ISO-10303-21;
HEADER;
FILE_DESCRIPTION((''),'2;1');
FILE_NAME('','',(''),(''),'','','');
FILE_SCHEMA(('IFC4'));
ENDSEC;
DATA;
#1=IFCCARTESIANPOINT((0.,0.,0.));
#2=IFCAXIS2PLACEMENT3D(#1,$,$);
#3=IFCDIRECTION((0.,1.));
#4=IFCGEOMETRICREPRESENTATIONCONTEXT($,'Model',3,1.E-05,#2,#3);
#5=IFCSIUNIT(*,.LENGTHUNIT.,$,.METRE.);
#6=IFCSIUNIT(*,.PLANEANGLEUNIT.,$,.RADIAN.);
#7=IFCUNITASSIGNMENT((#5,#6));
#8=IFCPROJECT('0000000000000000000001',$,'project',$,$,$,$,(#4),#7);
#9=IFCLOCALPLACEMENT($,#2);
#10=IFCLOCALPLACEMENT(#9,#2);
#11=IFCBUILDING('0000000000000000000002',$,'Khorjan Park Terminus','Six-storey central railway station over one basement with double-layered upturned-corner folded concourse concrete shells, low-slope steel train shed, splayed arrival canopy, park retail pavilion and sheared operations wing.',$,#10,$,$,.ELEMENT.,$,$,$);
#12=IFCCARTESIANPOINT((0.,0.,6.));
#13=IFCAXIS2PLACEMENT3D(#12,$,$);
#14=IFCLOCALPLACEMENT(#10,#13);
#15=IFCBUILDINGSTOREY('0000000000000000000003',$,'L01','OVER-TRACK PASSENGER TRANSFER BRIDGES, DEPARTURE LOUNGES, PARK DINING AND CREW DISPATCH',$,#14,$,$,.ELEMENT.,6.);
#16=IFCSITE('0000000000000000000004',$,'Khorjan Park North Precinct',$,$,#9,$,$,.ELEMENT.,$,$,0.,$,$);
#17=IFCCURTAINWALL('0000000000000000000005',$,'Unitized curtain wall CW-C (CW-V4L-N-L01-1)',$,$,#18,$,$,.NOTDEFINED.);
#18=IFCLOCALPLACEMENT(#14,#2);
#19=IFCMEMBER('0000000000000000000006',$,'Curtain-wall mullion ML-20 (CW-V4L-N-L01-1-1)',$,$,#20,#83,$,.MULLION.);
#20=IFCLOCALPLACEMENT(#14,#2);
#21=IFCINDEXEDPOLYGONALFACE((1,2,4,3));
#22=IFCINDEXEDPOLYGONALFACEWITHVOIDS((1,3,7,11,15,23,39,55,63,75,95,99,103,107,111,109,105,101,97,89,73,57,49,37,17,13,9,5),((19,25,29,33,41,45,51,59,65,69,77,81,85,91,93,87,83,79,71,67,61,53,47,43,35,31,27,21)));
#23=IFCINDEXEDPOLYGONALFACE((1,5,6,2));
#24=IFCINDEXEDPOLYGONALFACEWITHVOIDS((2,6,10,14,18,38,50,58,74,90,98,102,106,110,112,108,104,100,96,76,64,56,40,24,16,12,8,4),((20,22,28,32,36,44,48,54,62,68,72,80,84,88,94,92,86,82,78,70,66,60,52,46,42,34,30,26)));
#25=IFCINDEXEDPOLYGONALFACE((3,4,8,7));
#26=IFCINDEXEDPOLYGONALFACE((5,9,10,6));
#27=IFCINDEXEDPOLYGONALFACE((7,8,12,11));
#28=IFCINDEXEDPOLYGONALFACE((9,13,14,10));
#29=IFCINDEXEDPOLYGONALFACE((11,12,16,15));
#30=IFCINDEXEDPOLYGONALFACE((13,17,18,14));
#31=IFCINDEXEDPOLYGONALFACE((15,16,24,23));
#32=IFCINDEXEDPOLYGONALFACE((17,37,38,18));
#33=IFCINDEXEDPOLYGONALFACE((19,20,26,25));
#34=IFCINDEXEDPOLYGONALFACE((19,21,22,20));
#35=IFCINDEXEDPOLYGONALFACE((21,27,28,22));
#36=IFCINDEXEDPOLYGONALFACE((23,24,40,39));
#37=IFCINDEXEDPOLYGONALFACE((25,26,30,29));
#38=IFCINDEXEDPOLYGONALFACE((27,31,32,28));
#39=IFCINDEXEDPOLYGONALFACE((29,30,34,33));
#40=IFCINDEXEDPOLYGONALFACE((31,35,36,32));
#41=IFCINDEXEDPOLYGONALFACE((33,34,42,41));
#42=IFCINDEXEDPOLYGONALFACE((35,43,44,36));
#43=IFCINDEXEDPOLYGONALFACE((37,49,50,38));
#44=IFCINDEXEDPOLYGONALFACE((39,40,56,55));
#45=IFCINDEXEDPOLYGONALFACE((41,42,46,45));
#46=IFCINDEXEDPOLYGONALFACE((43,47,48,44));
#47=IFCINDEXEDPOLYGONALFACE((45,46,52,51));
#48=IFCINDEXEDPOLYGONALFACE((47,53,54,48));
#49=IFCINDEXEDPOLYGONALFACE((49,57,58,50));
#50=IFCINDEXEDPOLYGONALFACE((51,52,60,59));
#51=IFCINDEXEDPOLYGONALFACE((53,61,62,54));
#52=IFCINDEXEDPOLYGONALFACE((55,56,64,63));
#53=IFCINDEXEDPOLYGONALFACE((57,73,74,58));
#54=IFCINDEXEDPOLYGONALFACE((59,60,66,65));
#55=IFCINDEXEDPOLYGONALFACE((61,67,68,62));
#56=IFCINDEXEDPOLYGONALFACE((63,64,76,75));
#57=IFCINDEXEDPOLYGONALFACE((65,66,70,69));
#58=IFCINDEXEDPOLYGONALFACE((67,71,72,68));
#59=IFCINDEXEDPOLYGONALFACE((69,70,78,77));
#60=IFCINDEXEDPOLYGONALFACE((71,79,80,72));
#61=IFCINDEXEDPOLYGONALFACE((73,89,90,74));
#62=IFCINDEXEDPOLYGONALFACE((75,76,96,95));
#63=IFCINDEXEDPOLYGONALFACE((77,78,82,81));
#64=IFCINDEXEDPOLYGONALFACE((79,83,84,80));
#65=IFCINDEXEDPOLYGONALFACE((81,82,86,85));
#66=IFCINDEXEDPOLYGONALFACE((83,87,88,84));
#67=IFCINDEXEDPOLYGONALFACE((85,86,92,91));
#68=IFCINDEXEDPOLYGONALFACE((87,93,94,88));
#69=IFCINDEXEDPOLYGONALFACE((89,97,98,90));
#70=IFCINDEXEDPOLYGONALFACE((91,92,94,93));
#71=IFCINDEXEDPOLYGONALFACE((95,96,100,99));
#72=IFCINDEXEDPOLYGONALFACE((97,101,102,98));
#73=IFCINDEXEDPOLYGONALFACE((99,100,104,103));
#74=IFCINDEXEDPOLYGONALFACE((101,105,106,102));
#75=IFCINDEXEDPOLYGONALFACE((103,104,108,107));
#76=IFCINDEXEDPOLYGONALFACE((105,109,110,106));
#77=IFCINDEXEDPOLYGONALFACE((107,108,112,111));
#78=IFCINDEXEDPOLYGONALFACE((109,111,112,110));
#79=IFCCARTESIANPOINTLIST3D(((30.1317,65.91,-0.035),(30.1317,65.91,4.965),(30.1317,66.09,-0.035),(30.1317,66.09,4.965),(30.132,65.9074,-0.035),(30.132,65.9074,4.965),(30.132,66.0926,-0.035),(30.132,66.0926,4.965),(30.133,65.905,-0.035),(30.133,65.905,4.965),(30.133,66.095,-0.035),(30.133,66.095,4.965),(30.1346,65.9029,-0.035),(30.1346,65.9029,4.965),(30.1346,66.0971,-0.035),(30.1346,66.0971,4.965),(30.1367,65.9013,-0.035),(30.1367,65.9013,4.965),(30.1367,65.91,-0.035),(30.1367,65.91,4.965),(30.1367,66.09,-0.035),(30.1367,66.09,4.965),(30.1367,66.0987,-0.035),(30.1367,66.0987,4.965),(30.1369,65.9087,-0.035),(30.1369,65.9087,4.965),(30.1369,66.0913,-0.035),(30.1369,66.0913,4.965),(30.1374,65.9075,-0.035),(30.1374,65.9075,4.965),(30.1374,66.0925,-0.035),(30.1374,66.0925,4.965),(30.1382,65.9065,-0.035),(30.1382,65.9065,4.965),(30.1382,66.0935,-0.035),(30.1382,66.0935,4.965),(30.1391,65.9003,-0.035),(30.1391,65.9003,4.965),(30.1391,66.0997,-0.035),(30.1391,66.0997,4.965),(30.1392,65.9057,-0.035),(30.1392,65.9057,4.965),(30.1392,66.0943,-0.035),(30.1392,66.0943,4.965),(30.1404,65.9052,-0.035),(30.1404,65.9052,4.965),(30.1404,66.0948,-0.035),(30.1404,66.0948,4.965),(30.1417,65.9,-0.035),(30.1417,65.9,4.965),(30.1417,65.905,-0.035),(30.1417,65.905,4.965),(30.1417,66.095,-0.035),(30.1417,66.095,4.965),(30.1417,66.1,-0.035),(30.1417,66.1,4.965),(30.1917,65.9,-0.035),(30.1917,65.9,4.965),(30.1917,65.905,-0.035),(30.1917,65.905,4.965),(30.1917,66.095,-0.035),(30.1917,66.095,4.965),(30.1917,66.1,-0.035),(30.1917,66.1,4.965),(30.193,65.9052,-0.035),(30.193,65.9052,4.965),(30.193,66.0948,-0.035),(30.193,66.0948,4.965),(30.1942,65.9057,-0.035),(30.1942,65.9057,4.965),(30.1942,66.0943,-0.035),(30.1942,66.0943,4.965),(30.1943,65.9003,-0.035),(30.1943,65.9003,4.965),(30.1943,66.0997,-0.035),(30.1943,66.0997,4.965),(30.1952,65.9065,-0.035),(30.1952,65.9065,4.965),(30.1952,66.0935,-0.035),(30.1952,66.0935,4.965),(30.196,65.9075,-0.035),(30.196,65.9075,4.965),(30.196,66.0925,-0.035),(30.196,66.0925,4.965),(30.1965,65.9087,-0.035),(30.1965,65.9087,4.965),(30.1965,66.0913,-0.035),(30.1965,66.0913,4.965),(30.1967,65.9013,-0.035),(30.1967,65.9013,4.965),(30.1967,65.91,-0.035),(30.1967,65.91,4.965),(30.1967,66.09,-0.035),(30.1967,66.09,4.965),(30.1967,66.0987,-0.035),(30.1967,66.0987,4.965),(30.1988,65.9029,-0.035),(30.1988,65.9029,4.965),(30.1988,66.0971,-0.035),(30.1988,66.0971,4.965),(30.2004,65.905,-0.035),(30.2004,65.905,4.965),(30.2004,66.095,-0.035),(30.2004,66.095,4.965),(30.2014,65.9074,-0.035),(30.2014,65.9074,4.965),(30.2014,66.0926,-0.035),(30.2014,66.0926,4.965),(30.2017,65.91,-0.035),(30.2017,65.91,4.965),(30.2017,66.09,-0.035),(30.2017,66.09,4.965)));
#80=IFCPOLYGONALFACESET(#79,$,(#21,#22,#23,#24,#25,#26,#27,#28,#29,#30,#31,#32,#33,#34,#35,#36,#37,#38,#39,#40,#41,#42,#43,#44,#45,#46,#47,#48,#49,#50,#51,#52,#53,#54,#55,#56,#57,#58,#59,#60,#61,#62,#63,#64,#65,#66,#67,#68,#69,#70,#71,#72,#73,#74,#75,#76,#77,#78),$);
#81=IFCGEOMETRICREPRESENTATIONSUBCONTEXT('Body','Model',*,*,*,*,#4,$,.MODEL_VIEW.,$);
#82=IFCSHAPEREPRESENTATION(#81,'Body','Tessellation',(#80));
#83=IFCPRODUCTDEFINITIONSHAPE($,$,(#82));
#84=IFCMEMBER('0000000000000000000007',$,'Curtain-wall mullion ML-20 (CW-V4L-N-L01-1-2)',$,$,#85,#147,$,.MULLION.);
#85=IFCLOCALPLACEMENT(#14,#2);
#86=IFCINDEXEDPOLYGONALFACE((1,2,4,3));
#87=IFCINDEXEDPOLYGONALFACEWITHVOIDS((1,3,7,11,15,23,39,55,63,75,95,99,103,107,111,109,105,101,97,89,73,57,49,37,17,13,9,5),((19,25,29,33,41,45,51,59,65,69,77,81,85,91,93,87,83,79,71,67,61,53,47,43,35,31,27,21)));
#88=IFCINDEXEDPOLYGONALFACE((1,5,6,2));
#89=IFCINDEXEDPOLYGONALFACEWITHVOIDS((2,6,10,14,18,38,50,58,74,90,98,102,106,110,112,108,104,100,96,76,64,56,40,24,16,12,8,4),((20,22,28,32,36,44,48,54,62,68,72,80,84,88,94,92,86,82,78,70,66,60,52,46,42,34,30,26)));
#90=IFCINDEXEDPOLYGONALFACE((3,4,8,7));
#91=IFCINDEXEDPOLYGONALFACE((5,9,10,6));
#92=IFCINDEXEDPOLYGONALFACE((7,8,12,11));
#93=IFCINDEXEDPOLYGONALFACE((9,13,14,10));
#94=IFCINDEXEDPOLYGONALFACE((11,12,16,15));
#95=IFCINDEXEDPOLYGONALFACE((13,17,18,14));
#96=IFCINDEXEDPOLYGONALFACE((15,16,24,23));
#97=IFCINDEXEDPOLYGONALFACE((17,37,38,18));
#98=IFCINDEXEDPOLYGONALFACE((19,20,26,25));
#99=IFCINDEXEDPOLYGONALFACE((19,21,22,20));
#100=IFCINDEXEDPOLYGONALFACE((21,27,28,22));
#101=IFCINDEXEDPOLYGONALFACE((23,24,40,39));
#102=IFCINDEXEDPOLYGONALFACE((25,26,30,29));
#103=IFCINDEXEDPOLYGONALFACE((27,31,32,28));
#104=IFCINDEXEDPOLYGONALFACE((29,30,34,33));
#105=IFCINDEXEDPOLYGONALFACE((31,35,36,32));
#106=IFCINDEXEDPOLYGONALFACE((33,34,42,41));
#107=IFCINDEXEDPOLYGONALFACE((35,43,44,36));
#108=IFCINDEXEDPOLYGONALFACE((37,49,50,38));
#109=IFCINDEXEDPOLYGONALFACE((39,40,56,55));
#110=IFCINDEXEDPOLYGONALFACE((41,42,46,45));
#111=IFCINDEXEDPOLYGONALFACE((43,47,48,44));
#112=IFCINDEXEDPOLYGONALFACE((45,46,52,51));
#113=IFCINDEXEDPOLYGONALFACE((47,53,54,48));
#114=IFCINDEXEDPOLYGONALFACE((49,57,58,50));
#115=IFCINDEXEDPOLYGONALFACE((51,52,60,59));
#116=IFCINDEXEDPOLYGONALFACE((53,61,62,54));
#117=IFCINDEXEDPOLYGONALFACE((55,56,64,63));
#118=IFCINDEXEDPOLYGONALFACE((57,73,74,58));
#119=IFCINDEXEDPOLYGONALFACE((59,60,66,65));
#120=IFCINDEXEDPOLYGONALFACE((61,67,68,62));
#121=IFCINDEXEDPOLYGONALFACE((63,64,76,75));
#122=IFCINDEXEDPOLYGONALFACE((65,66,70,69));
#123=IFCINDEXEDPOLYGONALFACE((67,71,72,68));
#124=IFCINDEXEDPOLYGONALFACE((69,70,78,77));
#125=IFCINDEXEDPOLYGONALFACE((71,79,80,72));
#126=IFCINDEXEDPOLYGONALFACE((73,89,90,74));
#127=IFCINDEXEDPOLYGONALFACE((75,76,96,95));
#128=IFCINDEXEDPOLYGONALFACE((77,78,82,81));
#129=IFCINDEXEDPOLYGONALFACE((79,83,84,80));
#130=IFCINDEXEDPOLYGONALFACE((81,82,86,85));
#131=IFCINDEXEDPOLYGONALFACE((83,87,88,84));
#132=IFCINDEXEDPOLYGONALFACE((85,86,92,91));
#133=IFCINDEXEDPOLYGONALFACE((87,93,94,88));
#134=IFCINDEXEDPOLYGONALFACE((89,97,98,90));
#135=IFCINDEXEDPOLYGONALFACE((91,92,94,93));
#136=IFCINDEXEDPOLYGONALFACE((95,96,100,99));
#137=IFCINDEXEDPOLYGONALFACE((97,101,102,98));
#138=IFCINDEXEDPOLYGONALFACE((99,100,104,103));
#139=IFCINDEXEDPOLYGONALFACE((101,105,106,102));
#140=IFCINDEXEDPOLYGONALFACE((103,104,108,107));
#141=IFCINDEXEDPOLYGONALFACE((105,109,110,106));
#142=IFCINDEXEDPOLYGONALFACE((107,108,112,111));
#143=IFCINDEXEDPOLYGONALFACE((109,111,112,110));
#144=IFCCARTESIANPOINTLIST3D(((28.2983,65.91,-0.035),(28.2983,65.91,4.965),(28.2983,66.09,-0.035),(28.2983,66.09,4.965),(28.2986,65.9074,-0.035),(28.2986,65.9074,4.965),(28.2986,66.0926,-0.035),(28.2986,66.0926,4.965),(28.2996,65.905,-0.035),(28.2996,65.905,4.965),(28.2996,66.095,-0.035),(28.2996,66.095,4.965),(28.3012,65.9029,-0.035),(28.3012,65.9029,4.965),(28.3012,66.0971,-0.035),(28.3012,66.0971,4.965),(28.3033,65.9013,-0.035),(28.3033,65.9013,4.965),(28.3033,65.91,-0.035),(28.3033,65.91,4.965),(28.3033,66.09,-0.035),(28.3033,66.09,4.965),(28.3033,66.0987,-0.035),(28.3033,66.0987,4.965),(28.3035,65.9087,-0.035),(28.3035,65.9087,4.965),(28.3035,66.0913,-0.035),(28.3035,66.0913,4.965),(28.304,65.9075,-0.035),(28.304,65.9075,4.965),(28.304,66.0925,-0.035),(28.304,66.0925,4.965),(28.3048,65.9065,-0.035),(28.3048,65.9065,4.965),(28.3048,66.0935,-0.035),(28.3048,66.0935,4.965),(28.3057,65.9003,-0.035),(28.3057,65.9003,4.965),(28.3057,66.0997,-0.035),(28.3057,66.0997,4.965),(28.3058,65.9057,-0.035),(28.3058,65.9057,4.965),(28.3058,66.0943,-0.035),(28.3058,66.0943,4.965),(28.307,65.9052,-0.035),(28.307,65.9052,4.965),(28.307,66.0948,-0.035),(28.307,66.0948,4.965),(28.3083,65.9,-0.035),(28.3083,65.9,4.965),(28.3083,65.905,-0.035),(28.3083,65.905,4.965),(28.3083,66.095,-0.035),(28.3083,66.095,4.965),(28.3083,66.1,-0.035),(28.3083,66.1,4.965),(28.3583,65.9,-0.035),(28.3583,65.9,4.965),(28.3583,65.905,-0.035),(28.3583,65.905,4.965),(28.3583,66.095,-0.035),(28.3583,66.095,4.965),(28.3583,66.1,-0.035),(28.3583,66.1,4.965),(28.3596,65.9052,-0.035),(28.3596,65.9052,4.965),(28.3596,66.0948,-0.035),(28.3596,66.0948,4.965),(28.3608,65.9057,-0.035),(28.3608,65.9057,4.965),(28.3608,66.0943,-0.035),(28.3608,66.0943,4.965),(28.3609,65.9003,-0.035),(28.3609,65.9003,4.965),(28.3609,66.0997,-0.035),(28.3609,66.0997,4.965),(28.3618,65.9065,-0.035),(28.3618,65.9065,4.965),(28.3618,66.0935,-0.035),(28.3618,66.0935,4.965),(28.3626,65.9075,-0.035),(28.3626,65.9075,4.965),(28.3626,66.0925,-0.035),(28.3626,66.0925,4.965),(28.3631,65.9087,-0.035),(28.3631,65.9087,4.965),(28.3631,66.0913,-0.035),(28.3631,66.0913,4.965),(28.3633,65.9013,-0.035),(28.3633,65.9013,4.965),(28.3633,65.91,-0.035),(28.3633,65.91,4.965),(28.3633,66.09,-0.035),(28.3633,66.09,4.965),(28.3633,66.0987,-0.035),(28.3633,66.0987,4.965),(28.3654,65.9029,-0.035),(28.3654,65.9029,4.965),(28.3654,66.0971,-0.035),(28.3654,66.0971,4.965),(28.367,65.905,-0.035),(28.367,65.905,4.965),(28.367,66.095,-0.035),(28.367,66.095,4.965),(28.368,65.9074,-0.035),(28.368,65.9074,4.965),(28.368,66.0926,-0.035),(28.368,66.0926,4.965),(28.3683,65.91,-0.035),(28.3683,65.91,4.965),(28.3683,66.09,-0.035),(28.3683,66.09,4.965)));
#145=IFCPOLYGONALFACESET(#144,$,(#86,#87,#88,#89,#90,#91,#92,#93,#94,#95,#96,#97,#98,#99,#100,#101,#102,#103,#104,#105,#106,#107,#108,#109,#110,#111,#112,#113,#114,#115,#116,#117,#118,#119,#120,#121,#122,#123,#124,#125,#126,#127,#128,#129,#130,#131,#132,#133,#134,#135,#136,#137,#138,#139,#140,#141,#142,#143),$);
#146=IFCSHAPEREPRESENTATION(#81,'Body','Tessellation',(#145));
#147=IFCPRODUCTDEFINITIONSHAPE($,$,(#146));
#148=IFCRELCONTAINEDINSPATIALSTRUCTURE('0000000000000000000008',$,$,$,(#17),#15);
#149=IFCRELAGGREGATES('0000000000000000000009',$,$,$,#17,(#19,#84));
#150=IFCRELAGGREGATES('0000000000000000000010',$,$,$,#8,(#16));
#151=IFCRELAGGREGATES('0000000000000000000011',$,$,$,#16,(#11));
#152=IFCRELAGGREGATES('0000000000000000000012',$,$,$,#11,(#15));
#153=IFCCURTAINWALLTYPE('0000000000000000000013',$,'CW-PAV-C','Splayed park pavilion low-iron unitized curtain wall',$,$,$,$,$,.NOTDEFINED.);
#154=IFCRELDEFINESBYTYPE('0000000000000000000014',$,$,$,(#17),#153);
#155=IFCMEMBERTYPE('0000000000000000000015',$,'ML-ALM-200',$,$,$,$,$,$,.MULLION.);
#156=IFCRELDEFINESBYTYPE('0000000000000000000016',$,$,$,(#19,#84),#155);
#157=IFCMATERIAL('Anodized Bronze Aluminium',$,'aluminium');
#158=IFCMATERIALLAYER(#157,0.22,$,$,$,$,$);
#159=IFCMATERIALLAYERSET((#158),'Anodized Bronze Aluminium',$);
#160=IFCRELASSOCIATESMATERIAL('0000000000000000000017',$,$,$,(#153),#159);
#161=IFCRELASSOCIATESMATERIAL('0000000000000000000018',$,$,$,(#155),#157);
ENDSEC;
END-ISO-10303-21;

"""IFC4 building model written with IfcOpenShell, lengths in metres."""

from ifc_helpers import new_model, si_unit, direction, frame, origin, origin_2d, place, context, subcontext, project, spatial, hollow_rectangle, extrude, material, layer, layer_set, material_profile, profile_set, type_object, element, aggregate, save


model = new_model("IFC4")

# Units and contexts
model_context = context("Model", 3, precision=1e-05, world=origin(), true_north=direction((0.0, 1.0)))
body_context = subcontext(model_context, "Body", "Model", "MODEL_VIEW")
ifc_project = project(units=[si_unit("LENGTHUNIT", "METRE"), si_unit("PLANEANGLEUNIT", "RADIAN")], contexts=[model_context])

# Site, building, storey
site_placement = place(None, origin())
site = spatial("IfcSite", under=ifc_project, at=site_placement, Name="Khorjan Park North Precinct", CompositionType="ELEMENT", RefElevation=0.0)
building_placement = place(site_placement, origin())
building = spatial("IfcBuilding", under=site, at=building_placement, Name="Khorjan Park Terminus", Description="Six-storey central railway station over one basement with double-layered upturned-corner folded concourse concrete shells, low-slope steel train shed, splayed arrival canopy, park retail pavilion and sheared operations wing.", CompositionType="ELEMENT")
storey_placement = place(building_placement, frame((0.0, 0.0, 6.0)))
storey = spatial("IfcBuildingStorey", under=building, at=storey_placement, Name="L01", Description="OVER-TRACK PASSENGER TRANSFER BRIDGES, DEPARTURE LOUNGES, PARK DINING AND CREW DISPATCH", CompositionType="ELEMENT", Elevation=6.0)

# Curtain wall, members
ifc_material_1 = material(Name="Anodized Bronze Aluminium", Category="aluminium")
ifc_layer_1 = layer(ifc_material_1, 0.22)
ifc_layer_set_1 = layer_set([ifc_layer_1], Name="Anodized Bronze Aluminium")
curtain_wall_type = type_object("IfcCurtainWallType", Name="CW-PAV-C", Description="Splayed park pavilion low-iron unitized curtain wall", PredefinedType="NOTDEFINED", material=ifc_layer_set_1)
curtain_wall_1_placement = place(storey_placement, origin())
curtain_wall_1 = element("IfcCurtainWall", 1, at=curtain_wall_1_placement, inside=storey, type_object=curtain_wall_type, Name="Unitized curtain wall CW-C (CW-V4L-N-L01-1)", PredefinedType="NOTDEFINED")
ifc_material_profile_1 = material_profile(ifc_material_1, hollow_rectangle(XDim=0.07, YDim=0.2, WallThickness=0.005, InnerFilletRadius=0.005, OuterFilletRadius=0.01, at=origin_2d()), Name="ALM 70x200x5")
ifc_profile_set_1 = profile_set([ifc_material_profile_1], Name="Anodized Bronze Aluminium")
member_type_1 = type_object("IfcMemberType", Name="ML-ALM-200", PredefinedType="MULLION", material=ifc_profile_set_1)
member_1_placement = place(storey_placement, frame((30.1667, 66.0, -0.035), z_axis=(0.0, 0.0, 1.0), x_axis=(-1.0, 0.0, 0.0)))
member_1 = element("IfcMember", 2, at=member_1_placement, type_object=member_type_1, Name="Curtain-wall mullion ML-20 (CW-V4L-N-L01-1-1)", PredefinedType="MULLION", context=body_context, shape_type="SweptSolid", body=[
    extrude(hollow_rectangle(XDim=0.07, YDim=0.2, WallThickness=0.005, InnerFilletRadius=0.005, OuterFilletRadius=0.01, at=origin_2d()), origin(), (0.0, 0.0, 1.0), 5.0),
])
member_2_placement = place(storey_placement, frame((28.3333, 66.0, -0.035), z_axis=(0.0, 0.0, 1.0), x_axis=(-1.0, 0.0, 0.0)))
member_2 = element("IfcMember", 3, at=member_2_placement, type_object=member_type_1, Name="Curtain-wall mullion ML-20 (CW-V4L-N-L01-1-2)", PredefinedType="MULLION", context=body_context, shape_type="SweptSolid", body=[
    extrude(hollow_rectangle(XDim=0.07, YDim=0.2, WallThickness=0.005, InnerFilletRadius=0.005, OuterFilletRadius=0.01, at=origin_2d()), origin(), (0.0, 0.0, 1.0), 5.0),
])

aggregate(curtain_wall_1, [member_1, member_2])

save(model, "model.ifc")
